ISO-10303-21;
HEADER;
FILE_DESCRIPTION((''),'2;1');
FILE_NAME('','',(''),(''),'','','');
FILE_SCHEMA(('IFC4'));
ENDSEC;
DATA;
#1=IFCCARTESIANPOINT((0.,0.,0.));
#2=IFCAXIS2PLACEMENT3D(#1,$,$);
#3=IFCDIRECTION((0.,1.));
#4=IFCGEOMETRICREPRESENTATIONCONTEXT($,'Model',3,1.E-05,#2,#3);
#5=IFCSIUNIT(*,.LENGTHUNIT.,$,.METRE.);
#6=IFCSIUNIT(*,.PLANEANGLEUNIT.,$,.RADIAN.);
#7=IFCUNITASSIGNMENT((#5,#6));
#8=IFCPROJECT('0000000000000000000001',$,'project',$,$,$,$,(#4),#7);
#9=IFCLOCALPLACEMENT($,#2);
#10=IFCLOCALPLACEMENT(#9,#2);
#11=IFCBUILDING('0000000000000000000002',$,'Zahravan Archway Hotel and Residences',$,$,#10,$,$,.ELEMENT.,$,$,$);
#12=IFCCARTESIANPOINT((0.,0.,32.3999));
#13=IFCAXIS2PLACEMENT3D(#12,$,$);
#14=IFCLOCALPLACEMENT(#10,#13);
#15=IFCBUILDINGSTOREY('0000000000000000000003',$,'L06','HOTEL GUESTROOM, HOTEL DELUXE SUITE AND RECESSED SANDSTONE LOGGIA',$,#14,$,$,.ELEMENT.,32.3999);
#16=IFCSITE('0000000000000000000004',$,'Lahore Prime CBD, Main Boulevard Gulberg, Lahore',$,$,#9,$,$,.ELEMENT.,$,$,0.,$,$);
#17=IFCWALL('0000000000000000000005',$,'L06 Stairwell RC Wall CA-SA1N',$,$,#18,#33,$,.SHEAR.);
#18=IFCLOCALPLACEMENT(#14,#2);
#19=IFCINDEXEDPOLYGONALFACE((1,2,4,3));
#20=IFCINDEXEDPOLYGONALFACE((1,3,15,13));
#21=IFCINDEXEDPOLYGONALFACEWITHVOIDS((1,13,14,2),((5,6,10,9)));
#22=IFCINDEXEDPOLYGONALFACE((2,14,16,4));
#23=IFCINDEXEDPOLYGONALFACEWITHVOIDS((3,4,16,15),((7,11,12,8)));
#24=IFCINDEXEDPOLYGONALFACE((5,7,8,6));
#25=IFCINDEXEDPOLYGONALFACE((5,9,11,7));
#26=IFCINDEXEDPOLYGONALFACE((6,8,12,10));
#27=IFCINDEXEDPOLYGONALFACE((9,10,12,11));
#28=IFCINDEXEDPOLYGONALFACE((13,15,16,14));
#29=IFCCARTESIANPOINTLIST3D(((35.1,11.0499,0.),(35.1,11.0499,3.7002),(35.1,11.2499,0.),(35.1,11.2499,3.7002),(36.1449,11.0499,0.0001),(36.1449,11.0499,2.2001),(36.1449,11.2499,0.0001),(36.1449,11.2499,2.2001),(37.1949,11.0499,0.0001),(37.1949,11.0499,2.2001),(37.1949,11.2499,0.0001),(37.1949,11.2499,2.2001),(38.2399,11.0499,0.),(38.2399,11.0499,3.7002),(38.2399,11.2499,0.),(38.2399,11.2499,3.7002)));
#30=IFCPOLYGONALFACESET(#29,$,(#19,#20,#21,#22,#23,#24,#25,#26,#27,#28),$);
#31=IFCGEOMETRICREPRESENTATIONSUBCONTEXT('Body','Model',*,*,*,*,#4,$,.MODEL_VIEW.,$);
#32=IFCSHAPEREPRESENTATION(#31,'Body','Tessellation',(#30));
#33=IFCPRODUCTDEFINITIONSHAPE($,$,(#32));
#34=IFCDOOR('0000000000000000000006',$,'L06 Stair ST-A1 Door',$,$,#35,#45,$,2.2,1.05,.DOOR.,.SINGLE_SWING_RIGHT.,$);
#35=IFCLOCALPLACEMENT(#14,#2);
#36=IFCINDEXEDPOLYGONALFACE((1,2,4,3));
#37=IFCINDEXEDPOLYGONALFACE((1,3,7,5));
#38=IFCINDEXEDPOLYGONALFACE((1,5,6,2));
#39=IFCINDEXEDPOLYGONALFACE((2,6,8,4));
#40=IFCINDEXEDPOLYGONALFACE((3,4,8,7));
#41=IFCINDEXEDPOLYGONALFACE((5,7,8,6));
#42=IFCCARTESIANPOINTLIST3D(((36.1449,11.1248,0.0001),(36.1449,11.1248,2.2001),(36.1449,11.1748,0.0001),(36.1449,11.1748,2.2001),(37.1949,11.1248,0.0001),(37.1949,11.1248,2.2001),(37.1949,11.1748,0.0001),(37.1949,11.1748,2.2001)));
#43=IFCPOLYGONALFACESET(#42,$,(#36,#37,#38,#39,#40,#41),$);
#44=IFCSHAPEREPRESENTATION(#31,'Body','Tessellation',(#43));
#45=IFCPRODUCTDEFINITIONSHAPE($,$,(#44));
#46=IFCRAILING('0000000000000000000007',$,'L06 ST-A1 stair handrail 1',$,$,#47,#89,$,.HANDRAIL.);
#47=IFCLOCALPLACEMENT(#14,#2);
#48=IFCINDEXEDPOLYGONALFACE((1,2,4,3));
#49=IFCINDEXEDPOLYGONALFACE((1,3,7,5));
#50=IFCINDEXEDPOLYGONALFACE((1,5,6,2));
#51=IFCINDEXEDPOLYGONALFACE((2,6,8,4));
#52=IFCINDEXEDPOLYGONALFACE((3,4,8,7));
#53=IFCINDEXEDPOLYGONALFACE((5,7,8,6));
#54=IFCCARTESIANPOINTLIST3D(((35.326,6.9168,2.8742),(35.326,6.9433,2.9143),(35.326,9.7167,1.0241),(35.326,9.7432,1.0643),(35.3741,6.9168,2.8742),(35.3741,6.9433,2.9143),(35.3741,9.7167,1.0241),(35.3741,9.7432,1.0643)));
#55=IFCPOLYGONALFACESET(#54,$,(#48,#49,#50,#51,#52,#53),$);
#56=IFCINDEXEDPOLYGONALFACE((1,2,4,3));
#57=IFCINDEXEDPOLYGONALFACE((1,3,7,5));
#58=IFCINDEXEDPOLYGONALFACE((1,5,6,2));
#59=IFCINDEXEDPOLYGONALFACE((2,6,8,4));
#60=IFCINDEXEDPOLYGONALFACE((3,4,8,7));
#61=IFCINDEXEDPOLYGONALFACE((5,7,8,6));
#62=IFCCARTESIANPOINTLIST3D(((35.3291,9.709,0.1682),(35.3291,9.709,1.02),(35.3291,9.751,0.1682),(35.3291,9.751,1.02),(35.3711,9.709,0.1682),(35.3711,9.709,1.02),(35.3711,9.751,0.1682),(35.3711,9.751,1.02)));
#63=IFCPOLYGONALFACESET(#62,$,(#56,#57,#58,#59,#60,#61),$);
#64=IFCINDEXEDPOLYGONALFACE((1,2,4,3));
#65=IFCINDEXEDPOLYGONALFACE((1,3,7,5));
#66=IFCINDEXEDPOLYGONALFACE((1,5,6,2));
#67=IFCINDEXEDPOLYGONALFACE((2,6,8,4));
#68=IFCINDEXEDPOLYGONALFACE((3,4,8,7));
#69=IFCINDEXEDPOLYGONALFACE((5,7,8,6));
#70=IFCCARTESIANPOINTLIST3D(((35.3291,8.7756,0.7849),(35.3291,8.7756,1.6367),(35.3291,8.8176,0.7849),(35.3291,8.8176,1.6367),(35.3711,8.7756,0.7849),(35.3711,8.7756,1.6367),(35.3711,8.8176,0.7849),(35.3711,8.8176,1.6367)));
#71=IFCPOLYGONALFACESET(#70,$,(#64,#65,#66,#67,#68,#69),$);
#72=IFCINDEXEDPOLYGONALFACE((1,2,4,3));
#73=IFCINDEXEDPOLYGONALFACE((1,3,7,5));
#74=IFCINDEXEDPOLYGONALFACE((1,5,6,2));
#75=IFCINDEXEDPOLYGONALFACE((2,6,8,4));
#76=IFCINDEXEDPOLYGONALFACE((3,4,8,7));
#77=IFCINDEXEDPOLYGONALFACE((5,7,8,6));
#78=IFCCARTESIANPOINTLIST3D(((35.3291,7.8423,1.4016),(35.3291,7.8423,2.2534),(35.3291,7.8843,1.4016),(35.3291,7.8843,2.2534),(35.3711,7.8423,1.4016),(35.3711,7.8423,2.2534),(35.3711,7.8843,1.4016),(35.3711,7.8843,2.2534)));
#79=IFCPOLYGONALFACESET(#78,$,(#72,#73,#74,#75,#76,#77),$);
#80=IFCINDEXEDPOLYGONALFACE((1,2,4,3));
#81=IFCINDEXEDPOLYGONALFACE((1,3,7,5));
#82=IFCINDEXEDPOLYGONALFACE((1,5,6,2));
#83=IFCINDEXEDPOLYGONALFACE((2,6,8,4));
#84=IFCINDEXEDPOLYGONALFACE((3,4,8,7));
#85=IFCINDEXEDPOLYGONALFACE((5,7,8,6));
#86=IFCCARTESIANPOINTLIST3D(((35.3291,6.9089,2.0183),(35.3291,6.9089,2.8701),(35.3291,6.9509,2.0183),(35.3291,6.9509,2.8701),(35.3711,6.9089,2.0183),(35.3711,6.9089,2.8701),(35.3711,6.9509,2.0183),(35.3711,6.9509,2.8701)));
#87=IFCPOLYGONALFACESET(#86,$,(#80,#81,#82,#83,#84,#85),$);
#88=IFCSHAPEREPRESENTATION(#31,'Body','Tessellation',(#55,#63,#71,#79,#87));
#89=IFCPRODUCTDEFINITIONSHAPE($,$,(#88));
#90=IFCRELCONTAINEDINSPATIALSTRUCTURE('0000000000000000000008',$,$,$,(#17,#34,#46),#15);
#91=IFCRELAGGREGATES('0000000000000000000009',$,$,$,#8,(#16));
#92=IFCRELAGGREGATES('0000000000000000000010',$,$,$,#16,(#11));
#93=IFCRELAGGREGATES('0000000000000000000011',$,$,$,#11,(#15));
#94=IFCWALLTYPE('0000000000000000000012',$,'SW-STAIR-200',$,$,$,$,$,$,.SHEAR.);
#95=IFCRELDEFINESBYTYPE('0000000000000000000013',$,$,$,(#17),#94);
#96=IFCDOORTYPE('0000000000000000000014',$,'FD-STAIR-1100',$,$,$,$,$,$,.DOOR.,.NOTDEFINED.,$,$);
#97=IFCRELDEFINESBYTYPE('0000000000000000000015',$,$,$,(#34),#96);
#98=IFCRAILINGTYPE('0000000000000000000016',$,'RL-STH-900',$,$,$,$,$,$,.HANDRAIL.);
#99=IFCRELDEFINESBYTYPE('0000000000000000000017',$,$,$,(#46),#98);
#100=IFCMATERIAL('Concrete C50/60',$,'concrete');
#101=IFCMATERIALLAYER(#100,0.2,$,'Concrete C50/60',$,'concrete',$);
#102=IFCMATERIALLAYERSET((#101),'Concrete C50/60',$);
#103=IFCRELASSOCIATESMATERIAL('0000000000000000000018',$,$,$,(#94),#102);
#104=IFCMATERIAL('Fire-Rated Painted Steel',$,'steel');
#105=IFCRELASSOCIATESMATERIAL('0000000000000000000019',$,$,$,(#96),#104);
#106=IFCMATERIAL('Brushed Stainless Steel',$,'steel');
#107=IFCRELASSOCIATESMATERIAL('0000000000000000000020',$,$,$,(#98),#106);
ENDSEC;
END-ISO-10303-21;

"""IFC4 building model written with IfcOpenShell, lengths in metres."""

from ifc_helpers import new_model, si_unit, direction, frame, frame_2d, origin, origin_2d, place, context, subcontext, project, spatial, rectangle, extrude, source, transform, mapped, material, layer, layer_set, type_object, type_shapes, element, fill, save


model = new_model("IFC4")

# Units and contexts
model_context = context("Model", 3, precision=1e-05, world=origin(), true_north=direction((0.0, 1.0)))
body_context = subcontext(model_context, "Body", "Model", "MODEL_VIEW")
ifc_project = project(units=[si_unit("LENGTHUNIT", "METRE"), si_unit("PLANEANGLEUNIT", "RADIAN")], contexts=[model_context])

# Site, building, storey
site_placement = place(None, origin())
site = spatial("IfcSite", under=ifc_project, at=site_placement, Name="Lahore Prime CBD, Main Boulevard Gulberg, Lahore", CompositionType="ELEMENT", RefElevation=0.0)
building_placement = place(site_placement, origin())
building = spatial("IfcBuilding", under=site, at=building_placement, Name="Zahravan Archway Hotel and Residences", CompositionType="ELEMENT")
storey_placement = place(building_placement, frame((0.0, 0.0, 32.3999)))
storey = spatial("IfcBuildingStorey", under=building, at=storey_placement, Name="L06", Description="HOTEL GUESTROOM, HOTEL DELUXE SUITE AND RECESSED SANDSTONE LOGGIA", CompositionType="ELEMENT", Elevation=32.3999)

# Wall, opening, door
ifc_material_1 = material(Name="Concrete C50/60", Category="concrete")
ifc_layer_1 = layer(ifc_material_1, 0.2, Name="Concrete C50/60", Category="concrete")
ifc_layer_set_1 = layer_set([ifc_layer_1], Name="Concrete C50/60")
wall_type_1 = type_object("IfcWallType", Name="SW-STAIR-200", PredefinedType="SHEAR", material=ifc_layer_set_1)
wall_1_placement = place(storey_placement, frame((35.1001, 11.1499, 0.0), z_axis=(0.0, 0.0, 1.0), x_axis=(1.0, 0.0, 0.0)))
wall_1 = element("IfcWall", 1, at=wall_1_placement, inside=storey, type_object=wall_type_1, Name="L06 Stairwell RC Wall CA-SA1N", PredefinedType="SHEAR", context=body_context, shape_type="SweptSolid", body=[
    extrude(rectangle(XDim=3.1399, YDim=0.2, at=frame_2d((1.5698, 0.0))), origin(), (0.0, 0.0, 1.0), 3.7002),
])
opening_1_placement = place(wall_1_placement, frame((1.0449, 0.0, 0.0)))
opening_1 = element("IfcOpeningElement", 2, at=opening_1_placement, cuts=wall_1, PredefinedType="OPENING", context=body_context, shape_type="SweptSolid", body=[
    extrude(rectangle(XDim=1.05, YDim=2.2, at=frame_2d((0.5249, 1.1001))), frame((0.0, 0.1099, 0.0), z_axis=(0.0, -1.0, 0.0), x_axis=(1.0, 0.0, 0.0)), (0.0, 0.0, 1.0), 0.22),
])
ifc_material_2 = material(Name="Fire-Rated Painted Steel", Category="steel")
door_type_1 = type_object("IfcDoorType", Name="FD-STAIR-1100", OperationType="NOTDEFINED", PredefinedType="DOOR", material=ifc_material_2)
shared_shape_1 = source(origin(), body_context, "Body", "SweptSolid", [
    extrude(rectangle(XDim=1.05, YDim=2.2, at=frame_2d((0.5249, 1.1001))), frame((0.0, 0.0249, 0.0), z_axis=(0.0, -1.0, 0.0), x_axis=(1.0, 0.0, 0.0)), (0.0, 0.0, 1.0), 0.05),
])
type_shapes(door_type_1, [shared_shape_1])
door_1_placement = place(opening_1_placement, origin())
door_1 = element("IfcDoor", 3, at=door_1_placement, inside=storey, type_object=door_type_1, Name="L06 Stair ST-A1 Door", OperationType="SINGLE_SWING_RIGHT", OverallHeight=2.2, OverallWidth=1.05, PredefinedType="DOOR", context=body_context, shape_type="MappedRepresentation", body=[
    mapped(shared_shape_1, transform((0.0, 0.0, 0.0), scale=1.0)),
])
fill(opening_1, door_1)

# Railing
ifc_material_3 = material(Name="Brushed Stainless Steel", Category="steel")
railing_type = type_object("IfcRailingType", Name="RL-STH-900", PredefinedType="HANDRAIL", material=ifc_material_3)
railing_placement = place(storey_placement, frame((35.3501, 9.73, 0.1682)))
element("IfcRailing", 4, at=railing_placement, inside=storey, type_object=railing_type, Name="L06 ST-A1 stair handrail 1", PredefinedType="HANDRAIL", context=body_context, shape_type="SweptSolid", body=[
    extrude(rectangle(XDim=0.0481, YDim=0.0481, at=origin_2d()), frame((0.0, 0.0, 0.876), z_axis=(0.0, -0.834326, 0.551271), x_axis=(1.0, 0.0, 0.0)), (0.0, 0.0, 1.0), 3.356),
    extrude(rectangle(XDim=0.042, YDim=0.042, at=origin_2d()), origin(), (0.0, 0.0, 1.0), 0.8518),
    extrude(rectangle(XDim=0.042, YDim=0.042, at=origin_2d()), frame((0.0, -0.9333, 0.6167)), (0.0, 0.0, 1.0), 0.8518),
    extrude(rectangle(XDim=0.042, YDim=0.042, at=origin_2d()), frame((0.0, -1.8667, 1.2334)), (0.0, 0.0, 1.0), 0.8518),
    extrude(rectangle(XDim=0.042, YDim=0.042, at=origin_2d()), frame((0.0, -2.8, 1.8501)), (0.0, 0.0, 1.0), 0.8518),
])

save(model, "model.ifc")
